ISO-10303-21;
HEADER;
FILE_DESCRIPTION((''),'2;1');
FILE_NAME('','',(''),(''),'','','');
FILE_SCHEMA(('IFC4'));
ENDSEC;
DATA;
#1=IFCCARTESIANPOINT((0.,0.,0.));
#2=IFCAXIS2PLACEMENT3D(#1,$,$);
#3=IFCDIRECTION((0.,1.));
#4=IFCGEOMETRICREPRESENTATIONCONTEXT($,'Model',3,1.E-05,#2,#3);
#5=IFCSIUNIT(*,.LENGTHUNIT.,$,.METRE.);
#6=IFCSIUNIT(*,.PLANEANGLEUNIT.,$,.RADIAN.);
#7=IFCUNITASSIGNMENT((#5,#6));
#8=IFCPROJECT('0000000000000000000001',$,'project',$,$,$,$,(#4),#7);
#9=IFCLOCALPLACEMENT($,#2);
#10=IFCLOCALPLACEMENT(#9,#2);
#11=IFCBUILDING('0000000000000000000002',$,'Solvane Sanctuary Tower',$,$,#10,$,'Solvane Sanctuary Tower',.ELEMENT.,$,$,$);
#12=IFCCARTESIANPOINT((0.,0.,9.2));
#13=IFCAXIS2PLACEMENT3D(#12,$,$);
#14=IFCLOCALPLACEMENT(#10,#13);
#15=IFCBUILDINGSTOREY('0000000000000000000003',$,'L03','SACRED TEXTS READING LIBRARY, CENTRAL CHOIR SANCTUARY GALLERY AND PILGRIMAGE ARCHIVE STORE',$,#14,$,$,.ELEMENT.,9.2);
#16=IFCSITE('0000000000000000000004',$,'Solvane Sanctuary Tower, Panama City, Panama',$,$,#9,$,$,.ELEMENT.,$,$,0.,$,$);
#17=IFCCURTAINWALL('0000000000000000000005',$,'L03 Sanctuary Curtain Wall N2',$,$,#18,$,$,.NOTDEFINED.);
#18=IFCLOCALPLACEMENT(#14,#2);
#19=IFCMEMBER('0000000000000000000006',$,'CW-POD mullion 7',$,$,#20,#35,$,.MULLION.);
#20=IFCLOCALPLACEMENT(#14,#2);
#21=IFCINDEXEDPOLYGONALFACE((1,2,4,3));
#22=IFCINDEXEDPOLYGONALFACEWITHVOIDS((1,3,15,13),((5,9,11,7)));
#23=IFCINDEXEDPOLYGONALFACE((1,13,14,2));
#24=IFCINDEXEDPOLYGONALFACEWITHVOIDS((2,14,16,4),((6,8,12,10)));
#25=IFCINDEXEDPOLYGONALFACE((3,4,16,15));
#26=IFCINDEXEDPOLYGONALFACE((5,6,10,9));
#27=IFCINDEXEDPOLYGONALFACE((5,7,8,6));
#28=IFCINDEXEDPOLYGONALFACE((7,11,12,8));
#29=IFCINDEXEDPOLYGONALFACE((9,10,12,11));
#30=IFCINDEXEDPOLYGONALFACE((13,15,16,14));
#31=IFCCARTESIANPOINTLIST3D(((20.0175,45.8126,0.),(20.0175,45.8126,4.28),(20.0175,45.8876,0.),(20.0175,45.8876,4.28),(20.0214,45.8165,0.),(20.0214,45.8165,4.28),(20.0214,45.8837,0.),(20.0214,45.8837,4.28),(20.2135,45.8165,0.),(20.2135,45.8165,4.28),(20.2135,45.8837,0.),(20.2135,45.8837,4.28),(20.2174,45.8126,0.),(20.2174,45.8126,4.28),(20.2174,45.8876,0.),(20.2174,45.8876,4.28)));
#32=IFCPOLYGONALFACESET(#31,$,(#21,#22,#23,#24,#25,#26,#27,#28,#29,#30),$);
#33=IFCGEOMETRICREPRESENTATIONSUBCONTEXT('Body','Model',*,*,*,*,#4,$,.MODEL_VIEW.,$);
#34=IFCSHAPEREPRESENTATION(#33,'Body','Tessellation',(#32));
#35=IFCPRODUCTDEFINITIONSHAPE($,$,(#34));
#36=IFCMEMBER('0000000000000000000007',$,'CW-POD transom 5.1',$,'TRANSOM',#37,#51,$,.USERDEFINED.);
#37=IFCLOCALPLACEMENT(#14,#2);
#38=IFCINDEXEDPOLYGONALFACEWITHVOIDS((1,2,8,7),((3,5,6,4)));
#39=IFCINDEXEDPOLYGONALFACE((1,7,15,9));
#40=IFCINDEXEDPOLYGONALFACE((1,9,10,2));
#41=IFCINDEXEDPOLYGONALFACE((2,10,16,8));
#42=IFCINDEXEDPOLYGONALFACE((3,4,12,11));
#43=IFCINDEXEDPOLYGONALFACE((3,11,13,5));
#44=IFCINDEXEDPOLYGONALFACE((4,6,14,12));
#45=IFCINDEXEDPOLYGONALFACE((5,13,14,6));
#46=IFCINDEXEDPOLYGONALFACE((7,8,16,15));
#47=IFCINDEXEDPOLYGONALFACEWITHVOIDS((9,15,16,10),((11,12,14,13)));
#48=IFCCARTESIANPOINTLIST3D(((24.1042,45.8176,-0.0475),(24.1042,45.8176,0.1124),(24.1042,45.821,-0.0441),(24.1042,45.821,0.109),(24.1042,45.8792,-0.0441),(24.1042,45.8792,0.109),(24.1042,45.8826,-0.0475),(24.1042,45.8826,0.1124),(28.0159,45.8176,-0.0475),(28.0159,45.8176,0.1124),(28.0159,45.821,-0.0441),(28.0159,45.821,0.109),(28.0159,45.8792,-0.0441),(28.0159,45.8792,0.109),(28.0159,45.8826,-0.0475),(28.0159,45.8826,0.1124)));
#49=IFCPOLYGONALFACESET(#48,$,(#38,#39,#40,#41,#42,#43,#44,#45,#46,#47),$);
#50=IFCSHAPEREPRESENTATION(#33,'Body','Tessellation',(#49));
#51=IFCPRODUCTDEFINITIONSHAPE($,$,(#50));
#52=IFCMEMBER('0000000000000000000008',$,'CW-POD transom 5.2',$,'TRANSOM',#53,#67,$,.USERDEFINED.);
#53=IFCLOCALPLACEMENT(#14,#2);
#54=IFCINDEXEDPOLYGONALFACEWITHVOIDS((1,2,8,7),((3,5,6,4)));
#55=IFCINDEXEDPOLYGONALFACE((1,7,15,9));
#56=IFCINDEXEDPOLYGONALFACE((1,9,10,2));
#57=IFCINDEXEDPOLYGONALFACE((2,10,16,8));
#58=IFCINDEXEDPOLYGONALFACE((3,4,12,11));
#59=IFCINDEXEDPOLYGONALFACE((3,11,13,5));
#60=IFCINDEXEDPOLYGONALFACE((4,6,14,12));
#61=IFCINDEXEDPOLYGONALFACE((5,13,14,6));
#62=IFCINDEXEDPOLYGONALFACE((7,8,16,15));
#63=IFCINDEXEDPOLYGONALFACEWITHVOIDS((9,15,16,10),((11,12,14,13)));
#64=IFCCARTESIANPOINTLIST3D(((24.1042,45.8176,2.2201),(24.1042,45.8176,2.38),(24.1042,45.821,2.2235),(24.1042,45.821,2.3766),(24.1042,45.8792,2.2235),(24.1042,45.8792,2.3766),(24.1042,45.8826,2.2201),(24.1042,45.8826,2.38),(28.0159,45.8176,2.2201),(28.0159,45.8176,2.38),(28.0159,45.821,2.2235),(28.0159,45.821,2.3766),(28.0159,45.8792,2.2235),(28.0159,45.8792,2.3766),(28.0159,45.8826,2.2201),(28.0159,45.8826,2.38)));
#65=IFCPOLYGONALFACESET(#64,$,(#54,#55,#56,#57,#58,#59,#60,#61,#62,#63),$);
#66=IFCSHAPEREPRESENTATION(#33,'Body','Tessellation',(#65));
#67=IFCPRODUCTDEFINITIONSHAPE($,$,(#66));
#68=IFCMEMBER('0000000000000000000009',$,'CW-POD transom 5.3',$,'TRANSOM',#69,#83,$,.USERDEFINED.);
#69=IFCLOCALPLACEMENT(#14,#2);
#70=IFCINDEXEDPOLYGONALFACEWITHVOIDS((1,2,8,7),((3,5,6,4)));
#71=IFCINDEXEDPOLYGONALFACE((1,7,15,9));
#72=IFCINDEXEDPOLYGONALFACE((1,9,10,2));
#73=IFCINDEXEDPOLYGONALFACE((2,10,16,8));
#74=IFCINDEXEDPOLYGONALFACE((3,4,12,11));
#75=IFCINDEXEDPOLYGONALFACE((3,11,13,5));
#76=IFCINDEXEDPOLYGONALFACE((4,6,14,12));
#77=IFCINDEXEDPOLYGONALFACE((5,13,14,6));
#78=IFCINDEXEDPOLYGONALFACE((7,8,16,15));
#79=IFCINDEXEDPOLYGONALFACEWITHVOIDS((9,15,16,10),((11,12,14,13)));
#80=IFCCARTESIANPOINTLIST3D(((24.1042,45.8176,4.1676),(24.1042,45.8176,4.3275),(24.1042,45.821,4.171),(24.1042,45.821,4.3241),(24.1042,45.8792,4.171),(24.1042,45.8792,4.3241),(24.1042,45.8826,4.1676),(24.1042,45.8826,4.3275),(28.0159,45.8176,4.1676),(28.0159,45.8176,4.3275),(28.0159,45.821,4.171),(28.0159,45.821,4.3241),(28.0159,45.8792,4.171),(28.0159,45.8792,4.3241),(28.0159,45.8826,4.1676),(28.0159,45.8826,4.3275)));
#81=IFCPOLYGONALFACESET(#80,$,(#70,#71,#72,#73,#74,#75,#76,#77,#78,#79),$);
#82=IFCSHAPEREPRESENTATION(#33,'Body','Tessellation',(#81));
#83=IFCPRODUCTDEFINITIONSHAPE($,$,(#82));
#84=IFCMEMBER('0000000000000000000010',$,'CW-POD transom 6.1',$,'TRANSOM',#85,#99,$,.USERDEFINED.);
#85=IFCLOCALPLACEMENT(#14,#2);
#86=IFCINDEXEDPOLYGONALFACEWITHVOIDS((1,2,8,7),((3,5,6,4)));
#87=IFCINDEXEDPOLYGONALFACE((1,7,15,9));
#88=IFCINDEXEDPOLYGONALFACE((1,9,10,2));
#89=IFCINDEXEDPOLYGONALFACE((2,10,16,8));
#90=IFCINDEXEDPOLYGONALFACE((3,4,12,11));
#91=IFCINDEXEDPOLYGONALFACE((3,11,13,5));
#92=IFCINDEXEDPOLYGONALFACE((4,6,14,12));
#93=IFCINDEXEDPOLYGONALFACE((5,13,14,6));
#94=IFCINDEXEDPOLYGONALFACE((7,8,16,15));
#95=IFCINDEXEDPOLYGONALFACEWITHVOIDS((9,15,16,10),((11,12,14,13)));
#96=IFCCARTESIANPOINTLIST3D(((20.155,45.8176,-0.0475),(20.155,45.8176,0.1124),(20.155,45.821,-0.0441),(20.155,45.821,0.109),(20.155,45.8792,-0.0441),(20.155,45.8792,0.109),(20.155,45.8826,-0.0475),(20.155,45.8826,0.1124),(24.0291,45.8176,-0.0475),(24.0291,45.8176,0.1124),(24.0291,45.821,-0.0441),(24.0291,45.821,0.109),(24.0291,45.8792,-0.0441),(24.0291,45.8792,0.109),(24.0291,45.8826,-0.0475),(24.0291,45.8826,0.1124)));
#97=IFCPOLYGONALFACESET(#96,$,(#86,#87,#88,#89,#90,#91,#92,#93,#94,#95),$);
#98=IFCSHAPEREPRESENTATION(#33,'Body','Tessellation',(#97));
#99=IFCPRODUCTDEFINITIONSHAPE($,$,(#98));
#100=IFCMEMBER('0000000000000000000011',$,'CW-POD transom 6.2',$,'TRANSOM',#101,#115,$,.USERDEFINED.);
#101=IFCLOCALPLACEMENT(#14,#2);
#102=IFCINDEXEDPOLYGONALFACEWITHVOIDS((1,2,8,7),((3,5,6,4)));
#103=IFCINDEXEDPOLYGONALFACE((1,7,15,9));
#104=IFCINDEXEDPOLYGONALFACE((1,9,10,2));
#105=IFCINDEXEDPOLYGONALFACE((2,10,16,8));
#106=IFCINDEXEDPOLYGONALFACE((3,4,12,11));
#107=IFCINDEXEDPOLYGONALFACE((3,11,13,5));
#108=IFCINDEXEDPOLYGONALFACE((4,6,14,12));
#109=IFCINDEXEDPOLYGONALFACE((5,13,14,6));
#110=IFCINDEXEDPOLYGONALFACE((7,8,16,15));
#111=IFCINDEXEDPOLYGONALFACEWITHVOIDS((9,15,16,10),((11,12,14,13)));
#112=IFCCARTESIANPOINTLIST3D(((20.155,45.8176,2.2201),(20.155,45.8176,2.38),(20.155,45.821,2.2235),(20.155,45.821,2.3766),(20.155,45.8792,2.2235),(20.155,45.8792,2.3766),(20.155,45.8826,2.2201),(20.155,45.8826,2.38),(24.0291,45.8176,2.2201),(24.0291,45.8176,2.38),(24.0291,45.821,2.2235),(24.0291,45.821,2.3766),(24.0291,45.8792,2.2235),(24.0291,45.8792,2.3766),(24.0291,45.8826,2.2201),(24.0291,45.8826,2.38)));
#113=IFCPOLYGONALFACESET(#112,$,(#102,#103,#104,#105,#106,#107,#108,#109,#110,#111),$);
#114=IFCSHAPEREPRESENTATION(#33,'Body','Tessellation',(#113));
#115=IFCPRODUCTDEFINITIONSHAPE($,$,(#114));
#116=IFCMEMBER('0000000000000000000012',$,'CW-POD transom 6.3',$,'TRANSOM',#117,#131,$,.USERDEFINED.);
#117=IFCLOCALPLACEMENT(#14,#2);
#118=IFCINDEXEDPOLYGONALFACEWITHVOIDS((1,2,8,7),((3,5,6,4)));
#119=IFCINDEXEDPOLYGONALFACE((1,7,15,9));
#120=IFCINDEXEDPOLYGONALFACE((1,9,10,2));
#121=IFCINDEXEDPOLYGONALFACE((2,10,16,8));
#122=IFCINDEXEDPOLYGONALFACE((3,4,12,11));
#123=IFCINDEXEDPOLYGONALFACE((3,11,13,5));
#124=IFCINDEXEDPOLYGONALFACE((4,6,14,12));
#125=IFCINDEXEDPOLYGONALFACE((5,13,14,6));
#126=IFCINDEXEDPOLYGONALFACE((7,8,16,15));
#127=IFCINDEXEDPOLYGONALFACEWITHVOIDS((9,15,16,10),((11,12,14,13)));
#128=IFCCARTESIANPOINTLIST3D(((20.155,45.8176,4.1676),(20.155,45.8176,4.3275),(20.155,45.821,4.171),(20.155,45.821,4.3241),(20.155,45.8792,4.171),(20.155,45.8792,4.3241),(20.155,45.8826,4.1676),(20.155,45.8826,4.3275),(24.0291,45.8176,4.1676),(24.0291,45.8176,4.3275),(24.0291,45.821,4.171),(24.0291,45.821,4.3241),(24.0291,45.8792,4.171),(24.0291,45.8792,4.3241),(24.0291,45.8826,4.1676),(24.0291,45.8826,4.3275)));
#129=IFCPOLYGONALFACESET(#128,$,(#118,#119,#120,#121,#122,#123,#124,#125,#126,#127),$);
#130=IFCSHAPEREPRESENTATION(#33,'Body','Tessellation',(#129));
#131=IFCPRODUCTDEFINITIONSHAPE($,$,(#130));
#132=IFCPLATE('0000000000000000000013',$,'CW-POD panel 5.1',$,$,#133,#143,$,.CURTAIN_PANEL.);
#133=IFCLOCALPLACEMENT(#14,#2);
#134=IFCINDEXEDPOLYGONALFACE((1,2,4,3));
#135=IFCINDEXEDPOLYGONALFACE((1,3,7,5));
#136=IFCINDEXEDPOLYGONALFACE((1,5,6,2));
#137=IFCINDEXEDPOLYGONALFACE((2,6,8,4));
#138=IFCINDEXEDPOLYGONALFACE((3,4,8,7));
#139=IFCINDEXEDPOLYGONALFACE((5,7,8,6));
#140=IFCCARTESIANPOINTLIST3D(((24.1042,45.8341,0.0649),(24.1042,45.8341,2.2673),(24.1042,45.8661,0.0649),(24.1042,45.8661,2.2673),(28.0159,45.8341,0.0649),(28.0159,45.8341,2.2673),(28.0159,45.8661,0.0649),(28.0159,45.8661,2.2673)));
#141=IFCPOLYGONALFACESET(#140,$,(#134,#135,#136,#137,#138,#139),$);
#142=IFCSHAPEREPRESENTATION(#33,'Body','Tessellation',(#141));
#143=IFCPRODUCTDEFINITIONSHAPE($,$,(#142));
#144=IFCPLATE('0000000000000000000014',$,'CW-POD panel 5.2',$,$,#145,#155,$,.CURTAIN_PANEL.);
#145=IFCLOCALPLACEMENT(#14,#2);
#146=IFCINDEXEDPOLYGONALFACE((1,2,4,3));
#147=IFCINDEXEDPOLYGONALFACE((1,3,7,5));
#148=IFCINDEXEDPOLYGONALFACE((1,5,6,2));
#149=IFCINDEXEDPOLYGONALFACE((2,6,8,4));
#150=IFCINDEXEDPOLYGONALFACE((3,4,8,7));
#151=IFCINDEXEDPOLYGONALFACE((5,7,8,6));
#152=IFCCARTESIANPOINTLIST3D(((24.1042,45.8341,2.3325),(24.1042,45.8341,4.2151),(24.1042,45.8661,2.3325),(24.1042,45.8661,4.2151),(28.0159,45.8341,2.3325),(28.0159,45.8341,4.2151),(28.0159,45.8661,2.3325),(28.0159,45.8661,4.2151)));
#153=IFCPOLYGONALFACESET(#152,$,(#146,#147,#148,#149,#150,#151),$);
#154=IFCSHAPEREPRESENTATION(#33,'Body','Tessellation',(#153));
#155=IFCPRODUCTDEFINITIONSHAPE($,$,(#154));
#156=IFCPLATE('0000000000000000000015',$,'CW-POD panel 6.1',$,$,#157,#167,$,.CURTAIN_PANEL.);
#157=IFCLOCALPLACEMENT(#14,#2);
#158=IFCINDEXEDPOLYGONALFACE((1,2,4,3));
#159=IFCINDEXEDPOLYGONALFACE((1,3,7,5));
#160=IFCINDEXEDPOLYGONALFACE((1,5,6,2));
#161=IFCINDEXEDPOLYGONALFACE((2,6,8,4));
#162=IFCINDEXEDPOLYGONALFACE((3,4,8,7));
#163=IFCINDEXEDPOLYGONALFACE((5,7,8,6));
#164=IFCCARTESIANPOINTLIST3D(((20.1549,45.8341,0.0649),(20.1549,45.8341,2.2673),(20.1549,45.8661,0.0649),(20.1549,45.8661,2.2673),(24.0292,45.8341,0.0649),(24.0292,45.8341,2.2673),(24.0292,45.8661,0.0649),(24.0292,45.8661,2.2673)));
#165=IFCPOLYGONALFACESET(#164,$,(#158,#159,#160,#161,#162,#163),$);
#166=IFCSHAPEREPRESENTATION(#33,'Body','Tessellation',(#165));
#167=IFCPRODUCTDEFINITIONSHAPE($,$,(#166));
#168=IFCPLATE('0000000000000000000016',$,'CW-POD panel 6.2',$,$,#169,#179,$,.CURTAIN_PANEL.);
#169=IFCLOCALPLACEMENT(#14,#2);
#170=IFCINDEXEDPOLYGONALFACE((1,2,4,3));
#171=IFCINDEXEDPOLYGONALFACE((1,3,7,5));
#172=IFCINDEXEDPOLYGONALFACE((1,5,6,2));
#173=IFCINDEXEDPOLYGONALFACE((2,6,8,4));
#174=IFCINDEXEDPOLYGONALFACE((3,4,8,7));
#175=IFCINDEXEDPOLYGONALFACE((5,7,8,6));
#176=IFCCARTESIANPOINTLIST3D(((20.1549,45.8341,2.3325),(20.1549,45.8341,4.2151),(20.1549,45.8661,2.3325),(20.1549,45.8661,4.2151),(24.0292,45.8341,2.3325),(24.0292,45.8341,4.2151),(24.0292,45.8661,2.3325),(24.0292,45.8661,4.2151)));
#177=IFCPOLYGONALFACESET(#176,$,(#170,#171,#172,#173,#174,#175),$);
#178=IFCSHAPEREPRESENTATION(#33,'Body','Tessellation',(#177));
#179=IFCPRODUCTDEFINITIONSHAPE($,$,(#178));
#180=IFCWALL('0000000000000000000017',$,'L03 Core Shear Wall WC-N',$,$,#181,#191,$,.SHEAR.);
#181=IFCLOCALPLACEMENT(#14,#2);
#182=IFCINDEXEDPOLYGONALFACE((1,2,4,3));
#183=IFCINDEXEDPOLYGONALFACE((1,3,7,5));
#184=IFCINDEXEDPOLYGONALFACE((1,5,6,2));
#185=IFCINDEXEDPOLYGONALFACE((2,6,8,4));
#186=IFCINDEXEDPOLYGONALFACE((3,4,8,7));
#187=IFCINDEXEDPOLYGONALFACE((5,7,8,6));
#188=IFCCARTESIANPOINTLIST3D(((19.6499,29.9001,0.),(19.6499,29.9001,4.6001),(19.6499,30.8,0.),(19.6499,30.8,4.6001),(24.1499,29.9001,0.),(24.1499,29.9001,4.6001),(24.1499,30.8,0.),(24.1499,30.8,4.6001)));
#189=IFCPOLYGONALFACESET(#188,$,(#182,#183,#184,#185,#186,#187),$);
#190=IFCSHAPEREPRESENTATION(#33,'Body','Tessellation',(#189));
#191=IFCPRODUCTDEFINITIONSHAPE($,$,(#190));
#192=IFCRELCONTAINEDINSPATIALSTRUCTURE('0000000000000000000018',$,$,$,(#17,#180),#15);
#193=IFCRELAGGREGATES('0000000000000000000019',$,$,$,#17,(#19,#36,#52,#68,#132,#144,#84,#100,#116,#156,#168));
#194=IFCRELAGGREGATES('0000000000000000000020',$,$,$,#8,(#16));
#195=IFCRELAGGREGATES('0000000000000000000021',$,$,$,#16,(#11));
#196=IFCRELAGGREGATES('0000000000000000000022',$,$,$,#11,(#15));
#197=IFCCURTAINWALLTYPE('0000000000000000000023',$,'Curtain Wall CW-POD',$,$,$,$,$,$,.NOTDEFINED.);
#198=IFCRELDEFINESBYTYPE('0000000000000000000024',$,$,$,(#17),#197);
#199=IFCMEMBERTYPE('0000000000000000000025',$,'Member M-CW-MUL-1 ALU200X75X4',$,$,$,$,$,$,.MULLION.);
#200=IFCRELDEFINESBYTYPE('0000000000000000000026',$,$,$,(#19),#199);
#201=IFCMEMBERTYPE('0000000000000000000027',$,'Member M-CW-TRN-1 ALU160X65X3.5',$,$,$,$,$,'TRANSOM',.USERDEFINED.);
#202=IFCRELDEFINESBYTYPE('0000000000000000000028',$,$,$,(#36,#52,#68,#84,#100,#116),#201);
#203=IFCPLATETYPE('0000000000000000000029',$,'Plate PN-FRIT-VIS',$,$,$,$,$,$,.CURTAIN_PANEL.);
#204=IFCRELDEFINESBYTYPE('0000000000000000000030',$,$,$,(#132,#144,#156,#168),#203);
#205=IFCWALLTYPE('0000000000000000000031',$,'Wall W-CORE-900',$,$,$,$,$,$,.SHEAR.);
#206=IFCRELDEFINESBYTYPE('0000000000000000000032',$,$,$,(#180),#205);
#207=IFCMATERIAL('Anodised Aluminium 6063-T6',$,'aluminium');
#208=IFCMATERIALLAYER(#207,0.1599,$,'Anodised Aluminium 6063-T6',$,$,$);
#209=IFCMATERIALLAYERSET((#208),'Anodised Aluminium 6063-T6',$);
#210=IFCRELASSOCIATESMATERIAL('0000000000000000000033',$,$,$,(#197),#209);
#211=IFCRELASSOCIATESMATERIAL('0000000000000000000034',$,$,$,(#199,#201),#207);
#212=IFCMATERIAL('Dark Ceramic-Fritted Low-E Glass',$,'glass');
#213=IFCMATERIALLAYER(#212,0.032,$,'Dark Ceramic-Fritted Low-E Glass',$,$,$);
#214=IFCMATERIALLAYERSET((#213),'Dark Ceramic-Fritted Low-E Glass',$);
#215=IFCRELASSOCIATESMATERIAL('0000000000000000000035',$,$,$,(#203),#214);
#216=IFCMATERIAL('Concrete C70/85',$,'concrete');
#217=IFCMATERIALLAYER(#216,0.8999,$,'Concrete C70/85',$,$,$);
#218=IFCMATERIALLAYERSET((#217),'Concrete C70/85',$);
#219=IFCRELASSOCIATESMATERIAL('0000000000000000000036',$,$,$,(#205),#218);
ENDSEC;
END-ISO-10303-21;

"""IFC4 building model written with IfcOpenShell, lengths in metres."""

from ifc_helpers import new_model, si_unit, direction, frame, frame_2d, origin, origin_2d, place, context, subcontext, project, spatial, rectangle, hollow_rectangle, extrude, material, layer, layer_set, material_profile, profile_set, type_object, element, aggregate, save


model = new_model("IFC4")

# Units and contexts
model_context = context("Model", 3, precision=1e-05, world=origin(), true_north=direction((0.0, 1.0)))
body_context = subcontext(model_context, "Body", "Model", "MODEL_VIEW")
ifc_project = project(units=[si_unit("LENGTHUNIT", "METRE"), si_unit("PLANEANGLEUNIT", "RADIAN")], contexts=[model_context])

# Site, building, storey
site_placement = place(None, origin())
site = spatial("IfcSite", under=ifc_project, at=site_placement, Name="Solvane Sanctuary Tower, Panama City, Panama", CompositionType="ELEMENT", RefElevation=0.0)
building_placement = place(site_placement, origin())
building = spatial("IfcBuilding", under=site, at=building_placement, Name="Solvane Sanctuary Tower", LongName="Solvane Sanctuary Tower", CompositionType="ELEMENT")
storey_placement = place(building_placement, frame((0.0, 0.0, 9.2)))
storey = spatial("IfcBuildingStorey", under=building, at=storey_placement, Name="L03", Description="SACRED TEXTS READING LIBRARY, CENTRAL CHOIR SANCTUARY GALLERY AND PILGRIMAGE ARCHIVE STORE", CompositionType="ELEMENT", Elevation=9.2)

# Shared definitions
ifc_material_1 = material(Name="Concrete C70/85", Category="concrete")

# Curtain wall, members, plates
ifc_material_2 = material(Name="Anodised Aluminium 6063-T6", Category="aluminium")
ifc_layer_1 = layer(ifc_material_2, 0.1599, Name="Anodised Aluminium 6063-T6")
ifc_layer_set_1 = layer_set([ifc_layer_1], Name="Anodised Aluminium 6063-T6")
curtain_wall_type = type_object("IfcCurtainWallType", Name="Curtain Wall CW-POD", PredefinedType="NOTDEFINED", material=ifc_layer_set_1)
curtain_wall_placement = place(storey_placement, origin())
curtain_wall = element("IfcCurtainWall", 1, at=curtain_wall_placement, inside=storey, type_object=curtain_wall_type, Name="L03 Sanctuary Curtain Wall N2", PredefinedType="NOTDEFINED")
ifc_material_profile_1 = material_profile(ifc_material_2, hollow_rectangle(XDim=0.075, YDim=0.2, WallThickness=0.0039, at=origin_2d()), Name="ALU200X75X4")
ifc_profile_set_1 = profile_set([ifc_material_profile_1], Name="Anodised Aluminium 6063-T6")
member_type_1 = type_object("IfcMemberType", Name="Member M-CW-MUL-1 ALU200X75X4", PredefinedType="MULLION", material=ifc_profile_set_1)
member_1_placement = place(storey_placement, frame((20.1174, 45.8501, 0.0), z_axis=(0.0, 0.0, 1.0), x_axis=(0.0, -1.0, 0.0)))
member_1 = element("IfcMember", 2, at=member_1_placement, type_object=member_type_1, Name="CW-POD mullion 7", PredefinedType="MULLION", context=body_context, shape_type="SweptSolid", body=[
    extrude(hollow_rectangle(XDim=0.075, YDim=0.2, WallThickness=0.0039, at=origin_2d()), origin(), (0.0, 0.0, 1.0), 4.28),
])
ifc_material_profile_2 = material_profile(ifc_material_2, hollow_rectangle(XDim=0.0649, YDim=0.1599, WallThickness=0.0034, at=origin_2d()), Name="ALU160X65X3.5")
ifc_profile_set_2 = profile_set([ifc_material_profile_2], Name="Anodised Aluminium 6063-T6")
member_type_2 = type_object("IfcMemberType", Name="Member M-CW-TRN-1 ALU160X65X3.5", ElementType="TRANSOM", PredefinedType="USERDEFINED", material=ifc_profile_set_2)
member_2_placement = place(storey_placement, frame((28.0159, 45.8501, 0.0325), z_axis=(-1.0, 0.0, 0.0), x_axis=(0.0, -1.0, 0.0)))
member_2 = element("IfcMember", 3, at=member_2_placement, type_object=member_type_2, Name="CW-POD transom 5.1", ObjectType="TRANSOM", PredefinedType="USERDEFINED", context=body_context, shape_type="SweptSolid", body=[
    extrude(hollow_rectangle(XDim=0.0649, YDim=0.1599, WallThickness=0.0034, at=origin_2d()), origin(), (0.0, 0.0, 1.0), 3.9116),
])
member_3_placement = place(storey_placement, frame((28.0159, 45.8501, 2.3), z_axis=(-1.0, 0.0, 0.0), x_axis=(0.0, -1.0, 0.0)))
member_3 = element("IfcMember", 4, at=member_3_placement, type_object=member_type_2, Name="CW-POD transom 5.2", ObjectType="TRANSOM", PredefinedType="USERDEFINED", context=body_context, shape_type="SweptSolid", body=[
    extrude(hollow_rectangle(XDim=0.0649, YDim=0.1599, WallThickness=0.0034, at=origin_2d()), origin(), (0.0, 0.0, 1.0), 3.9116),
])
member_4_placement = place(storey_placement, frame((28.0159, 45.8501, 4.2476), z_axis=(-1.0, 0.0, 0.0), x_axis=(0.0, -1.0, 0.0)))
member_4 = element("IfcMember", 5, at=member_4_placement, type_object=member_type_2, Name="CW-POD transom 5.3", ObjectType="TRANSOM", PredefinedType="USERDEFINED", context=body_context, shape_type="SweptSolid", body=[
    extrude(hollow_rectangle(XDim=0.0649, YDim=0.1599, WallThickness=0.0034, at=origin_2d()), origin(), (0.0, 0.0, 1.0), 3.9116),
])
member_5_placement = place(storey_placement, frame((24.0291, 45.8501, 0.0325), z_axis=(-1.0, 0.0, 0.0), x_axis=(0.0, -1.0, 0.0)))
member_5 = element("IfcMember", 6, at=member_5_placement, type_object=member_type_2, Name="CW-POD transom 6.1", ObjectType="TRANSOM", PredefinedType="USERDEFINED", context=body_context, shape_type="SweptSolid", body=[
    extrude(hollow_rectangle(XDim=0.0649, YDim=0.1599, WallThickness=0.0034, at=origin_2d()), origin(), (0.0, 0.0, 1.0), 3.874),
])
member_6_placement = place(storey_placement, frame((24.0291, 45.8501, 2.3), z_axis=(-1.0, 0.0, 0.0), x_axis=(0.0, -1.0, 0.0)))
member_6 = element("IfcMember", 7, at=member_6_placement, type_object=member_type_2, Name="CW-POD transom 6.2", ObjectType="TRANSOM", PredefinedType="USERDEFINED", context=body_context, shape_type="SweptSolid", body=[
    extrude(hollow_rectangle(XDim=0.0649, YDim=0.1599, WallThickness=0.0034, at=origin_2d()), origin(), (0.0, 0.0, 1.0), 3.874),
])
member_7_placement = place(storey_placement, frame((24.0291, 45.8501, 4.2476), z_axis=(-1.0, 0.0, 0.0), x_axis=(0.0, -1.0, 0.0)))
member_7 = element("IfcMember", 8, at=member_7_placement, type_object=member_type_2, Name="CW-POD transom 6.3", ObjectType="TRANSOM", PredefinedType="USERDEFINED", context=body_context, shape_type="SweptSolid", body=[
    extrude(hollow_rectangle(XDim=0.0649, YDim=0.1599, WallThickness=0.0034, at=origin_2d()), origin(), (0.0, 0.0, 1.0), 3.874),
])
ifc_material_3 = material(Name="Dark Ceramic-Fritted Low-E Glass", Category="glass")
ifc_layer_2 = layer(ifc_material_3, 0.032, Name="Dark Ceramic-Fritted Low-E Glass")
ifc_layer_set_2 = layer_set([ifc_layer_2], Name="Dark Ceramic-Fritted Low-E Glass")
plate_type = type_object("IfcPlateType", Name="Plate PN-FRIT-VIS", PredefinedType="CURTAIN_PANEL", material=ifc_layer_set_2)
plate_1_placement = place(storey_placement, frame((26.0601, 45.8501, 0.0649), z_axis=(0.0, 0.0, 1.0), x_axis=(-1.0, 0.0, 0.0)))
plate_1 = element("IfcPlate", 9, at=plate_1_placement, type_object=plate_type, Name="CW-POD panel 5.1", PredefinedType="CURTAIN_PANEL", context=body_context, shape_type="SweptSolid", body=[
    extrude(rectangle(XDim=3.9116, YDim=0.032, at=origin_2d()), origin(), (0.0, 0.0, 1.0), 2.2024),
])
plate_2_placement = place(storey_placement, frame((26.0601, 45.8501, 2.3325), z_axis=(0.0, 0.0, 1.0), x_axis=(-1.0, 0.0, 0.0)))
plate_2 = element("IfcPlate", 10, at=plate_2_placement, type_object=plate_type, Name="CW-POD panel 5.2", PredefinedType="CURTAIN_PANEL", context=body_context, shape_type="SweptSolid", body=[
    extrude(rectangle(XDim=3.9116, YDim=0.032, at=origin_2d()), origin(), (0.0, 0.0, 1.0), 1.8826),
])
plate_3_placement = place(storey_placement, frame((22.092, 45.8501, 0.0649), z_axis=(0.0, 0.0, 1.0), x_axis=(-1.0, 0.0, 0.0)))
plate_3 = element("IfcPlate", 11, at=plate_3_placement, type_object=plate_type, Name="CW-POD panel 6.1", PredefinedType="CURTAIN_PANEL", context=body_context, shape_type="SweptSolid", body=[
    extrude(rectangle(XDim=3.8743, YDim=0.032, at=origin_2d()), origin(), (0.0, 0.0, 1.0), 2.2024),
])
plate_4_placement = place(storey_placement, frame((22.092, 45.8501, 2.3325), z_axis=(0.0, 0.0, 1.0), x_axis=(-1.0, 0.0, 0.0)))
plate_4 = element("IfcPlate", 12, at=plate_4_placement, type_object=plate_type, Name="CW-POD panel 6.2", PredefinedType="CURTAIN_PANEL", context=body_context, shape_type="SweptSolid", body=[
    extrude(rectangle(XDim=3.8743, YDim=0.032, at=origin_2d()), origin(), (0.0, 0.0, 1.0), 1.8826),
])
aggregate(curtain_wall, [member_1, member_2, member_3, member_4, plate_1, plate_2, member_5, member_6, member_7, plate_3, plate_4])

# Wall
ifc_layer_3 = layer(ifc_material_1, 0.8999, Name="Concrete C70/85")
ifc_layer_set_3 = layer_set([ifc_layer_3], Name="Concrete C70/85")
wall_type_1 = type_object("IfcWallType", Name="Wall W-CORE-900", PredefinedType="SHEAR", material=ifc_layer_set_3)
wall_1_placement = place(storey_placement, frame((19.6499, 30.3501, 0.0), z_axis=(0.0, 0.0, 1.0), x_axis=(1.0, 0.0, 0.0)))
element("IfcWall", 13, at=wall_1_placement, inside=storey, type_object=wall_type_1, Name="L03 Core Shear Wall WC-N", PredefinedType="SHEAR", context=body_context, shape_type="SweptSolid", body=[
    extrude(rectangle(XDim=4.5, YDim=0.8999, at=frame_2d((2.25, 0.0))), origin(), (0.0, 0.0, 1.0), 4.6001),
])

save(model, "model.ifc")
